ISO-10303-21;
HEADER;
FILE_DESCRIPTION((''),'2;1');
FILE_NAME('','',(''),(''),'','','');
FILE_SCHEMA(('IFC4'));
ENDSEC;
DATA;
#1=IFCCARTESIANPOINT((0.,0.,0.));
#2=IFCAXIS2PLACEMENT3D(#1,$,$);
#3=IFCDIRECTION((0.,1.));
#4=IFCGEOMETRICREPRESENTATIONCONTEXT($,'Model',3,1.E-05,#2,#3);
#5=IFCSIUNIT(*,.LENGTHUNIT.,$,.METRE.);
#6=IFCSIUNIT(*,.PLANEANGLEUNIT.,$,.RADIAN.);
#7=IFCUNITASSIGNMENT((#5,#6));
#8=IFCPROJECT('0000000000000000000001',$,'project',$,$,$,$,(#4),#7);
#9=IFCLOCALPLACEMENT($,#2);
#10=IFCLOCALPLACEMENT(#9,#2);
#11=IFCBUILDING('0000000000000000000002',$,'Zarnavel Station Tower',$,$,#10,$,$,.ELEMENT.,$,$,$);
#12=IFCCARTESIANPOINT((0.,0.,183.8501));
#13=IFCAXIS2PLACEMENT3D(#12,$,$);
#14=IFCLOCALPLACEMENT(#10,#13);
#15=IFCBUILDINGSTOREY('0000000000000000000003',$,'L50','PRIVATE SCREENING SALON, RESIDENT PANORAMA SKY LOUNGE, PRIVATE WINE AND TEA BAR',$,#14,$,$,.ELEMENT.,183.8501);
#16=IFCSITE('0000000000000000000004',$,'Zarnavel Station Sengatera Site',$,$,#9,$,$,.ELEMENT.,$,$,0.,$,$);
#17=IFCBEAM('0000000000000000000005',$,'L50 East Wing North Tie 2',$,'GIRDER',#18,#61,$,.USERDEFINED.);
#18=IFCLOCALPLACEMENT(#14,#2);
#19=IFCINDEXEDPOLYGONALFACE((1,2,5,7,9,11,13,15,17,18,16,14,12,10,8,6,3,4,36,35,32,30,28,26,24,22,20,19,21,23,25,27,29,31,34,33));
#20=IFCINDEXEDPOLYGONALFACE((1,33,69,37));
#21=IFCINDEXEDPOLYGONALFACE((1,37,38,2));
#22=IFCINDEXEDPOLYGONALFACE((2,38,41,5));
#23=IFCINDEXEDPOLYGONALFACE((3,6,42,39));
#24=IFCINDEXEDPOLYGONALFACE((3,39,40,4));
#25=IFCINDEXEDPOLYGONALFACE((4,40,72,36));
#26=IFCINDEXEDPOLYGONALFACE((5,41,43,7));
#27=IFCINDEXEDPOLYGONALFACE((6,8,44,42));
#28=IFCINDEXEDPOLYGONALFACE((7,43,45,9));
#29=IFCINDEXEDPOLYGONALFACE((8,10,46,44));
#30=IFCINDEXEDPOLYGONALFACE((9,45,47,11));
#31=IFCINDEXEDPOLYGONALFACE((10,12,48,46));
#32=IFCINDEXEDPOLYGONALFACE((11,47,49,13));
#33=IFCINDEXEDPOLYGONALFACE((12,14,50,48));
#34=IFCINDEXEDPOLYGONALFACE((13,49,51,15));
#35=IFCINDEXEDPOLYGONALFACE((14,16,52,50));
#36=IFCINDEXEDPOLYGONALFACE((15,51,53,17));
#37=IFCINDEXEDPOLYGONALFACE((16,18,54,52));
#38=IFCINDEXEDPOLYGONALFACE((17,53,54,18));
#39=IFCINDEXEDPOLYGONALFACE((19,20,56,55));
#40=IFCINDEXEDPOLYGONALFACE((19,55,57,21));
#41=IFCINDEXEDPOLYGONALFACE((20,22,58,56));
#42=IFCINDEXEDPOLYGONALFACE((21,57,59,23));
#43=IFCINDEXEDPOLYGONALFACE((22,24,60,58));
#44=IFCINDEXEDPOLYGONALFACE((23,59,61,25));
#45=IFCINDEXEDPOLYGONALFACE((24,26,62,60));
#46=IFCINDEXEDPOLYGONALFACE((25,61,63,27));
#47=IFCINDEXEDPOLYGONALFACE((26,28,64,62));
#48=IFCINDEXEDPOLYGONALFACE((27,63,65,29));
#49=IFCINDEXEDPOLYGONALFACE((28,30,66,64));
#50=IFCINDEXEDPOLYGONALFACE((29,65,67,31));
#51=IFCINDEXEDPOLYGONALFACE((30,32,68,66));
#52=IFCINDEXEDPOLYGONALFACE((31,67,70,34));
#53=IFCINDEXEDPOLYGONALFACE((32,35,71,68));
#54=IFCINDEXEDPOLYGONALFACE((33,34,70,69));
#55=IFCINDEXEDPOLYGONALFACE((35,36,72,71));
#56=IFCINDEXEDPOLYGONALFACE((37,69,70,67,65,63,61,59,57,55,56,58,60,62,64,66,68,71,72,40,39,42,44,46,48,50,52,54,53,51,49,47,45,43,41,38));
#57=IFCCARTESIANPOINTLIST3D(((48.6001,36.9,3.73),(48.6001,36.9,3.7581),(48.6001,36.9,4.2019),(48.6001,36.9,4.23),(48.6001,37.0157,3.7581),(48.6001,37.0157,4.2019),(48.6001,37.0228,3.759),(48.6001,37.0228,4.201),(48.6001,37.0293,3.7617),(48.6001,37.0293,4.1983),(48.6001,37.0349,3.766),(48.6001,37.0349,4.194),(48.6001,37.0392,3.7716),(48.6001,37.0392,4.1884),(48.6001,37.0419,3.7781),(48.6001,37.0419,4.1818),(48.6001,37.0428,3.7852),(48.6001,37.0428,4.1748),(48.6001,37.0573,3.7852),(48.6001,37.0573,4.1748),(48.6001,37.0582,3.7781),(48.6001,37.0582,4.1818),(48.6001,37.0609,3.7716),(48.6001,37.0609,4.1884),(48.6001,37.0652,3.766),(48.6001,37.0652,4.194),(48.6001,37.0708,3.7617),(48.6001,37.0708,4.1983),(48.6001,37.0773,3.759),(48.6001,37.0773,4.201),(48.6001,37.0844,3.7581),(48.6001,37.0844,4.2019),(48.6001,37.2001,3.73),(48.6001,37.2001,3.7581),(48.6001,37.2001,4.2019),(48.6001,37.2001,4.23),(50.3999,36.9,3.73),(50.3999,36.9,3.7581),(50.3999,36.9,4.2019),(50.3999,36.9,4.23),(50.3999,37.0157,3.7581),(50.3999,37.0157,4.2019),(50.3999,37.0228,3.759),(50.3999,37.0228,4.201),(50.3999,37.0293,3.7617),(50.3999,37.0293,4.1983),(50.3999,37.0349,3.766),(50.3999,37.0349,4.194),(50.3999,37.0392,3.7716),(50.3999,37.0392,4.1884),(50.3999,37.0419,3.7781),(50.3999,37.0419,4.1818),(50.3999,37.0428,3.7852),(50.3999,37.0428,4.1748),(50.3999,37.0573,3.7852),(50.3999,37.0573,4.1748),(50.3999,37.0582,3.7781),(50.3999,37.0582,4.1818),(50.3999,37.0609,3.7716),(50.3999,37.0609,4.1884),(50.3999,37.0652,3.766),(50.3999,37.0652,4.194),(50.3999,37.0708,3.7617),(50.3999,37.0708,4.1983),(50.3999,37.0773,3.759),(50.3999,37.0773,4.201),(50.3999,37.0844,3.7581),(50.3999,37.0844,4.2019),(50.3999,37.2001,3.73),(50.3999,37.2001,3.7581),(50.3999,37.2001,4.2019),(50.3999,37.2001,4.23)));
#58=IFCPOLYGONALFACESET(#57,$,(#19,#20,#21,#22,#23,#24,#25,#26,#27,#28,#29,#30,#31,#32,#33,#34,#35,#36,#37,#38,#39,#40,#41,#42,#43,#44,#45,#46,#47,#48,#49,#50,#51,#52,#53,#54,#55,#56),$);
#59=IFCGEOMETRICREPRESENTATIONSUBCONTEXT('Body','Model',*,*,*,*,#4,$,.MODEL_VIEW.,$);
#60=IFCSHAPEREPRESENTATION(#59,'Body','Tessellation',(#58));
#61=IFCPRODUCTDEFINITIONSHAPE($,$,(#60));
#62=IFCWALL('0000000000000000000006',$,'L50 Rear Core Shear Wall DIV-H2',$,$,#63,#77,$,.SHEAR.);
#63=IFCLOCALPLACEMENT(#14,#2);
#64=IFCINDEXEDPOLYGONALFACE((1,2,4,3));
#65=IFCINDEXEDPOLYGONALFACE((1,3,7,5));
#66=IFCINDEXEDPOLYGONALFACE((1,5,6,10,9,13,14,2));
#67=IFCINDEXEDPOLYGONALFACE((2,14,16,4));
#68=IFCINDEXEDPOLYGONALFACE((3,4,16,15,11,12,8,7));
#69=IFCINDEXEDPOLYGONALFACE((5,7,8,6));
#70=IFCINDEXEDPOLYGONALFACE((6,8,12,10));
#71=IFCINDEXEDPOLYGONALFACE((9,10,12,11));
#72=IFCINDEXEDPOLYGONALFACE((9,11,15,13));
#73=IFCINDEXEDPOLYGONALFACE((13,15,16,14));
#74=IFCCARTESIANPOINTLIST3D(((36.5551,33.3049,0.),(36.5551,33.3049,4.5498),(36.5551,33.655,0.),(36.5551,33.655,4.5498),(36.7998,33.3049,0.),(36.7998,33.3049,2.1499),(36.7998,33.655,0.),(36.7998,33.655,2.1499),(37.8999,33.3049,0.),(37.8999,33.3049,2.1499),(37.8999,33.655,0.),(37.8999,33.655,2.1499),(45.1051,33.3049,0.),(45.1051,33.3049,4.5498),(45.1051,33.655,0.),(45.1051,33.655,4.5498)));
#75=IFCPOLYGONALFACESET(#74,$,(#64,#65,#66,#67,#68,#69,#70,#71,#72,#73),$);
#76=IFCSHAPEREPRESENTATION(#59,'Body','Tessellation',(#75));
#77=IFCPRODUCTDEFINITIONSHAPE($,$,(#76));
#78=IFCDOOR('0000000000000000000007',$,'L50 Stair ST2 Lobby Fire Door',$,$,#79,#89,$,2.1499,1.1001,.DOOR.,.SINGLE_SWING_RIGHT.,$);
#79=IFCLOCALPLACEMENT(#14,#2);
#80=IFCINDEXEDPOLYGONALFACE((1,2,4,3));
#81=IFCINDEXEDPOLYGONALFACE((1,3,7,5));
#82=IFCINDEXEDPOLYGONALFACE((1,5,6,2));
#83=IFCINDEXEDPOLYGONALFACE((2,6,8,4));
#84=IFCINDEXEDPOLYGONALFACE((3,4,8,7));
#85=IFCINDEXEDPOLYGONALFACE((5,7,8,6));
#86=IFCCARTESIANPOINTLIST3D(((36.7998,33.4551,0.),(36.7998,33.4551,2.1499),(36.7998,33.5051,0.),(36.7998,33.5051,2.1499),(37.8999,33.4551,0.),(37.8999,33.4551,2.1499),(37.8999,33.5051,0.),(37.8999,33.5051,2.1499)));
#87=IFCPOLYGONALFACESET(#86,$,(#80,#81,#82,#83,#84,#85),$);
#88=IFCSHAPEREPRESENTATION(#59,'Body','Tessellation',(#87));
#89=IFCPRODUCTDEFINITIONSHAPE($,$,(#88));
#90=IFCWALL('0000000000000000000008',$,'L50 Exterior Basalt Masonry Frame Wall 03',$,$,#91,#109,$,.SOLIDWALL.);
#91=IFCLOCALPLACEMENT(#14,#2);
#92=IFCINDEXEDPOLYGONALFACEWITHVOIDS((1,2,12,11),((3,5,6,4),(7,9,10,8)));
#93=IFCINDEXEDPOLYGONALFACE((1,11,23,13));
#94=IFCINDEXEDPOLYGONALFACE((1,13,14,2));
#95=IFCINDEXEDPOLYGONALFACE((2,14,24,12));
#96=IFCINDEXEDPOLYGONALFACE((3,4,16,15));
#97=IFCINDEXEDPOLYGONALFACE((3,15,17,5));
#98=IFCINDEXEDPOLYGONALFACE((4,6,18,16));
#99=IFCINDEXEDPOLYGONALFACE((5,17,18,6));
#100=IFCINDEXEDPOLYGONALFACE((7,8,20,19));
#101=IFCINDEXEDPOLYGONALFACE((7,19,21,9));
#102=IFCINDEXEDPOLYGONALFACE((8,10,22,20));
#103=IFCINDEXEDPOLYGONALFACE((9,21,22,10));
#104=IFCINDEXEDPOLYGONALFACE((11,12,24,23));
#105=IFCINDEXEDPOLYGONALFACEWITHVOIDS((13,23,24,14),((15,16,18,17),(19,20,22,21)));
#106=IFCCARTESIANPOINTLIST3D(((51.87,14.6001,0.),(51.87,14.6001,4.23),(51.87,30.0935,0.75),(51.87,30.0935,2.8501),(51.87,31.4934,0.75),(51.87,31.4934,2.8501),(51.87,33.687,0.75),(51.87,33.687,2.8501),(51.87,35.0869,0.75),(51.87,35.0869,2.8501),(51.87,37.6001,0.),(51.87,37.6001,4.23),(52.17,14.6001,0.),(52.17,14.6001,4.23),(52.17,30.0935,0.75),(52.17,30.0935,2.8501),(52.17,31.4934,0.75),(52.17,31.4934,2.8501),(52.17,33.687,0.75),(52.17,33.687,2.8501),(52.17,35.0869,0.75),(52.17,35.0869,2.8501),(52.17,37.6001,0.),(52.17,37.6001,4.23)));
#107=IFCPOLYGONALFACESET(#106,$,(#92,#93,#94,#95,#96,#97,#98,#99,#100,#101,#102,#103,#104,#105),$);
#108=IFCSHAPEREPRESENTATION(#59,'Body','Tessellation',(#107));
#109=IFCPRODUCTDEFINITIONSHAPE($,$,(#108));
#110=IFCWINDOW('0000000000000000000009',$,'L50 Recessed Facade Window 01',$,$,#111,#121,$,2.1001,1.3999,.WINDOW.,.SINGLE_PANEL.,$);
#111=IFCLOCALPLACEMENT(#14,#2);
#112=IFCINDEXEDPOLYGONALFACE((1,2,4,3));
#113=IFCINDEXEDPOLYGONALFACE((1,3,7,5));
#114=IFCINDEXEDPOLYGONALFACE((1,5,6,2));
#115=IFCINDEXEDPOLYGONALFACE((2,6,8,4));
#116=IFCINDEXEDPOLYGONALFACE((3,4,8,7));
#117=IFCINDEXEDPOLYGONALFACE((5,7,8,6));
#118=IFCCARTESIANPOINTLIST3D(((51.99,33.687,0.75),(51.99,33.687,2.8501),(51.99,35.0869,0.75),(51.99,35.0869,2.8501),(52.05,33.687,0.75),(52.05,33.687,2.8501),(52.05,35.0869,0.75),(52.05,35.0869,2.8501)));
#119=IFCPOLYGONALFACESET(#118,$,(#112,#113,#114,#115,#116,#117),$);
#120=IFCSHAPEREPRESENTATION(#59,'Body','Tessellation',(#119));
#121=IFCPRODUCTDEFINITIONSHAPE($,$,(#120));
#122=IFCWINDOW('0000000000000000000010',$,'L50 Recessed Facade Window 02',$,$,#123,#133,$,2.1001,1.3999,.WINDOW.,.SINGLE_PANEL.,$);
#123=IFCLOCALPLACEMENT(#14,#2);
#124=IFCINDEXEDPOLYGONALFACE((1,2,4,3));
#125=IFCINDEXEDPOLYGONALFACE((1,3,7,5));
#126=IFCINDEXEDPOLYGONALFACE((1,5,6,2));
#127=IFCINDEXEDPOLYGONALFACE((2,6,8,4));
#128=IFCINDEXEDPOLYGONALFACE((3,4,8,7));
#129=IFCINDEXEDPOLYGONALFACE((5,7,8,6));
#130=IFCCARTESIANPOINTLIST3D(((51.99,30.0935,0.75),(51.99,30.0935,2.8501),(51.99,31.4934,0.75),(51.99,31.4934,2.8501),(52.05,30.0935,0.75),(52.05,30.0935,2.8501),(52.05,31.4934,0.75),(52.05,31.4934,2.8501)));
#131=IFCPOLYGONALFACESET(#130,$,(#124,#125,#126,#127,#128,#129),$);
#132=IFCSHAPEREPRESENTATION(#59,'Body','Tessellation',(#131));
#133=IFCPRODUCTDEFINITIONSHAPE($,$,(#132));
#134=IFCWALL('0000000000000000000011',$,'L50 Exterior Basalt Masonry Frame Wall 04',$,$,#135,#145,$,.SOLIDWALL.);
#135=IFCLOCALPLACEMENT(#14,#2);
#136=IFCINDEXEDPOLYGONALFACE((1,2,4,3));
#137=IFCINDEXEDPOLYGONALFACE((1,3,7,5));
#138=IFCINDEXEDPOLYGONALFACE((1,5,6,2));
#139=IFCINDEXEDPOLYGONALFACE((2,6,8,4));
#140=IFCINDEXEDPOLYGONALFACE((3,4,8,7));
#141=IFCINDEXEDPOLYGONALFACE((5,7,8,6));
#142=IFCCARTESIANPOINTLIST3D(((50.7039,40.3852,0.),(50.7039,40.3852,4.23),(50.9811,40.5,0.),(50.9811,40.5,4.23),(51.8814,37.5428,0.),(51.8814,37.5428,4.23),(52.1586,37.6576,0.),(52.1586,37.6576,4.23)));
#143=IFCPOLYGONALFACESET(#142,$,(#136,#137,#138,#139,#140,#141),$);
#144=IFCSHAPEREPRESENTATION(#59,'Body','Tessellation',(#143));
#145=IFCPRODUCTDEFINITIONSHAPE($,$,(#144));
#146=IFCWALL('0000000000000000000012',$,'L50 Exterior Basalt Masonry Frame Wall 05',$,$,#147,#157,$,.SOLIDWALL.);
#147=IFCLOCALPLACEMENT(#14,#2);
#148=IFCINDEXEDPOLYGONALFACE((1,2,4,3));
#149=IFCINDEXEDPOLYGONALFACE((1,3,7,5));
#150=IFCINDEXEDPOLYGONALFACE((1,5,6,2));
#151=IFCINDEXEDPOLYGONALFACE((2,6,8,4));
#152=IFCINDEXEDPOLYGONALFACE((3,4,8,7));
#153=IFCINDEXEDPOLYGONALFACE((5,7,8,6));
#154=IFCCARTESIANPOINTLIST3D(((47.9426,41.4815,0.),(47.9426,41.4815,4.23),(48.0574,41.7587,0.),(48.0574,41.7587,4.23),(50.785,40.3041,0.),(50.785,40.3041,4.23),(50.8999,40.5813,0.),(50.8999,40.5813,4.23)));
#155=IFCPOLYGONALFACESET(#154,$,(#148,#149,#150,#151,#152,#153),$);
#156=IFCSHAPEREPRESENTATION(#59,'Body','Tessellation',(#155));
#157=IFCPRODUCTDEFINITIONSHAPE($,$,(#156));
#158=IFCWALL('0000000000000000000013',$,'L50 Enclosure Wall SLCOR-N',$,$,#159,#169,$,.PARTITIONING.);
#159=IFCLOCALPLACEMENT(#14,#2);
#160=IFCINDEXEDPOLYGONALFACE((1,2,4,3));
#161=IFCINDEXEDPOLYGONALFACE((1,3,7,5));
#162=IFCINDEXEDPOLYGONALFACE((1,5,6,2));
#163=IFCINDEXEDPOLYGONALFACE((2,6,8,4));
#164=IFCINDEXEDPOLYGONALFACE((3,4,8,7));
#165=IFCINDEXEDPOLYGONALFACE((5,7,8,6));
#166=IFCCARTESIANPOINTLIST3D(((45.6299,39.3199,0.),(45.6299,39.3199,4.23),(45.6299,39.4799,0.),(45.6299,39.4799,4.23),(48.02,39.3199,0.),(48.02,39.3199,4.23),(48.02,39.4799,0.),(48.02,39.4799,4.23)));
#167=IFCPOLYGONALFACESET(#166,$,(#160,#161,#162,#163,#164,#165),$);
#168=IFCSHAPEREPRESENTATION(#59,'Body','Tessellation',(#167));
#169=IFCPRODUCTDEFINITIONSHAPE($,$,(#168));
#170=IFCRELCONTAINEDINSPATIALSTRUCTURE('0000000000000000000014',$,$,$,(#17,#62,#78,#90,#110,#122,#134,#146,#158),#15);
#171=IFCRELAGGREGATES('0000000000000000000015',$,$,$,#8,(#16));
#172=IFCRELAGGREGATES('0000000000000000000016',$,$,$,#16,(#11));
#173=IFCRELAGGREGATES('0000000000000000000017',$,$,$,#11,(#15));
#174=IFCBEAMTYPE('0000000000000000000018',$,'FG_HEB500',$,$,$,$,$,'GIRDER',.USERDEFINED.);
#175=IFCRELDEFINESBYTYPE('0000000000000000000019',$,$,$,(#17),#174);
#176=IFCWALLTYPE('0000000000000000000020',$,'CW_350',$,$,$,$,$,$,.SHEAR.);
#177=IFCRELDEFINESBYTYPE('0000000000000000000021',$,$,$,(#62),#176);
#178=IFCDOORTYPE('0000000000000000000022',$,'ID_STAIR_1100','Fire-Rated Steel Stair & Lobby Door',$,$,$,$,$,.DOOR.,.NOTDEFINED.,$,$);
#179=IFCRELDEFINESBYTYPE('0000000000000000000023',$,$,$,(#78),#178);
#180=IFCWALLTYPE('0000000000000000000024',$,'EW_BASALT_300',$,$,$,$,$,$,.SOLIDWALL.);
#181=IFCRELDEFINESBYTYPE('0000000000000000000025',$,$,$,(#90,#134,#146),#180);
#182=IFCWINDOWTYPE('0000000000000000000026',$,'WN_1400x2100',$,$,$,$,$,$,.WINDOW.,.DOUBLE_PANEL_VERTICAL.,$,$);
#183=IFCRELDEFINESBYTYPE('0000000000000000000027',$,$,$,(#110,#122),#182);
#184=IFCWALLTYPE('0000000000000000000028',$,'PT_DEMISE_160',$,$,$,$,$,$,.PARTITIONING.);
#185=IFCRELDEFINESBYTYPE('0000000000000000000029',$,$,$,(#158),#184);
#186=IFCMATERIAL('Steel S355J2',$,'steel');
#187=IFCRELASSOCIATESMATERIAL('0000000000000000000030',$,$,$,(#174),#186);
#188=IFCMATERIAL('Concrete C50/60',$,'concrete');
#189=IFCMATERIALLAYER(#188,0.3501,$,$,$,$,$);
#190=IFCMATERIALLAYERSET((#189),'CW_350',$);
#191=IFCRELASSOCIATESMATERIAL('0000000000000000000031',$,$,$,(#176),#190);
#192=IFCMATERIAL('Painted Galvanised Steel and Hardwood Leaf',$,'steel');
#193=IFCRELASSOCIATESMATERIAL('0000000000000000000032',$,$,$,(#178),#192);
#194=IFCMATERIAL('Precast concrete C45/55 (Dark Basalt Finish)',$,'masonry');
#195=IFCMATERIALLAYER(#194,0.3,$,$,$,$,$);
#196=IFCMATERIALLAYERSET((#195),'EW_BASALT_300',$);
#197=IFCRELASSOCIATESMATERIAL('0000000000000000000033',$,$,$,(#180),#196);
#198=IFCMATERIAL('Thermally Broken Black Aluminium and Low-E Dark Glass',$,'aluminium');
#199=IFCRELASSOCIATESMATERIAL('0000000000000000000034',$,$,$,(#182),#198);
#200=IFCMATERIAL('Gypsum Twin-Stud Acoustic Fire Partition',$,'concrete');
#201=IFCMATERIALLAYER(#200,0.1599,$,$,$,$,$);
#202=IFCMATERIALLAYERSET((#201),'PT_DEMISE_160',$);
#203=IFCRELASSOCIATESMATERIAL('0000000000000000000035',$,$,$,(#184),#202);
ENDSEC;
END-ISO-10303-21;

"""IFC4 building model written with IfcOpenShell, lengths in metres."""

from ifc_helpers import new_model, si_unit, direction, frame, frame_2d, origin, origin_2d, place, context, subcontext, project, spatial, rectangle, i_section, extrude, material, layer, layer_set, material_profile, profile_set, type_object, element, fill, save


model = new_model("IFC4")

# Units and contexts
model_context = context("Model", 3, precision=1e-05, world=origin(), true_north=direction((0.0, 1.0)))
body_context = subcontext(model_context, "Body", "Model", "MODEL_VIEW")
ifc_project = project(units=[si_unit("LENGTHUNIT", "METRE"), si_unit("PLANEANGLEUNIT", "RADIAN")], contexts=[model_context])

# Site, building, storey
site_placement = place(None, origin())
site = spatial("IfcSite", under=ifc_project, at=site_placement, Name="Zarnavel Station Sengatera Site", CompositionType="ELEMENT", RefElevation=0.0)
building_placement = place(site_placement, origin())
building = spatial("IfcBuilding", under=site, at=building_placement, Name="Zarnavel Station Tower", CompositionType="ELEMENT")
storey_placement = place(building_placement, frame((0.0, 0.0, 183.8501)))
storey = spatial("IfcBuildingStorey", under=building, at=storey_placement, Name="L50", Description="PRIVATE SCREENING SALON, RESIDENT PANORAMA SKY LOUNGE, PRIVATE WINE AND TEA BAR", CompositionType="ELEMENT", Elevation=183.8501)

# Beam
ifc_material_1 = material(Name="Steel S355J2", Category="steel")
ifc_material_profile_1 = material_profile(ifc_material_1, i_section(OverallWidth=0.3, OverallDepth=0.5, WebThickness=0.0144, FlangeThickness=0.0281, FilletRadius=0.0271, at=origin_2d()), Name="HEB500")
ifc_profile_set_1 = profile_set([ifc_material_profile_1], Name="Steel S355J2")
beam_type = type_object("IfcBeamType", Name="FG_HEB500", ElementType="GIRDER", PredefinedType="USERDEFINED", material=ifc_profile_set_1)
beam_1_placement = place(storey_placement, frame((48.6001, 37.05, 3.98), z_axis=(1.0, 0.0, 0.0), x_axis=(0.0, 1.0, 0.0)))
element("IfcBeam", 1, at=beam_1_placement, inside=storey, type_object=beam_type, Name="L50 East Wing North Tie 2", ObjectType="GIRDER", PredefinedType="USERDEFINED", context=body_context, shape_type="SweptSolid", body=[
    extrude(i_section(OverallWidth=0.3, OverallDepth=0.5, WebThickness=0.0144, FlangeThickness=0.0281, FilletRadius=0.0271, at=origin_2d()), origin(), (0.0, 0.0, 1.0), 1.7998),
])

# Wall, opening, door
ifc_material_2 = material(Name="Concrete C50/60", Category="concrete")
ifc_layer_1 = layer(ifc_material_2, 0.3501)
ifc_layer_set_1 = layer_set([ifc_layer_1], Name="CW_350")
wall_type_1 = type_object("IfcWallType", Name="CW_350", PredefinedType="SHEAR", material=ifc_layer_set_1)
wall_1_placement = place(storey_placement, frame((45.105, 33.48, 0.0), z_axis=(0.0, 0.0, 1.0), x_axis=(-1.0, 0.0, 0.0)))
wall_1 = element("IfcWall", 2, at=wall_1_placement, inside=storey, type_object=wall_type_1, Name="L50 Rear Core Shear Wall DIV-H2", PredefinedType="SHEAR", context=body_context, shape_type="SweptSolid", body=[
    extrude(rectangle(XDim=8.55, YDim=0.3501, at=frame_2d((4.2749, 0.0))), origin(), (0.0, 0.0, 1.0), 4.5498),
])
opening_1_placement = place(wall_1_placement, frame((7.2051, 0.0, 0.0)))
opening_1 = element("IfcOpeningElement", 3, at=opening_1_placement, cuts=wall_1, PredefinedType="OPENING", context=body_context, shape_type="SweptSolid", body=[
    extrude(rectangle(XDim=1.1001, YDim=2.1499, at=frame_2d((0.55, 1.075))), frame((0.0, 0.1851, 0.0), z_axis=(0.0, -1.0, 0.0), x_axis=(1.0, 0.0, 0.0)), (0.0, 0.0, 1.0), 0.3701),
])
ifc_material_3 = material(Name="Painted Galvanised Steel and Hardwood Leaf", Category="steel")
door_type_1 = type_object("IfcDoorType", Name="ID_STAIR_1100", Description="Fire-Rated Steel Stair & Lobby Door", OperationType="NOTDEFINED", PredefinedType="DOOR", material=ifc_material_3)
door_1_placement = place(opening_1_placement, origin())
door_1 = element("IfcDoor", 4, at=door_1_placement, inside=storey, type_object=door_type_1, Name="L50 Stair ST2 Lobby Fire Door", OperationType="SINGLE_SWING_RIGHT", OverallHeight=2.1499, OverallWidth=1.1001, PredefinedType="DOOR", context=body_context, shape_type="SweptSolid", body=[
    extrude(rectangle(XDim=1.1001, YDim=2.1499, at=frame_2d((0.55, 1.075))), frame((0.0, 0.0249, 0.0), z_axis=(0.0, -1.0, 0.0), x_axis=(1.0, 0.0, 0.0)), (0.0, 0.0, 1.0), 0.05),
])
fill(opening_1, door_1)

# Wall, openings, windows
ifc_material_4 = material(Name="Precast concrete C45/55 (Dark Basalt Finish)", Category="masonry")
ifc_layer_2 = layer(ifc_material_4, 0.3)
ifc_layer_set_2 = layer_set([ifc_layer_2], Name="EW_BASALT_300")
wall_type_2 = type_object("IfcWallType", Name="EW_BASALT_300", PredefinedType="SOLIDWALL", material=ifc_layer_set_2)
wall_2_placement = place(storey_placement, frame((52.02, 37.6001, 0.0), z_axis=(0.0, 0.0, 1.0), x_axis=(0.0, -1.0, 0.0)))
wall_2 = element("IfcWall", 5, at=wall_2_placement, inside=storey, type_object=wall_type_2, Name="L50 Exterior Basalt Masonry Frame Wall 03", PredefinedType="SOLIDWALL", context=body_context, shape_type="SweptSolid", body=[
    extrude(rectangle(XDim=23.0, YDim=0.3, at=frame_2d((11.5, 0.0))), origin(), (0.0, 0.0, 1.0), 4.23),
])
opening_2_placement = place(wall_2_placement, frame((2.5132, 0.0, 0.75)))
opening_2 = element("IfcOpeningElement", 6, at=opening_2_placement, cuts=wall_2, PredefinedType="OPENING", context=body_context, shape_type="SweptSolid", body=[
    extrude(rectangle(XDim=1.3999, YDim=2.1001, at=frame_2d((0.7, 1.05))), frame((0.0, 0.1599, 0.0), z_axis=(0.0, -1.0, 0.0), x_axis=(1.0, 0.0, 0.0)), (0.0, 0.0, 1.0), 0.3201),
])
opening_3_placement = place(wall_2_placement, frame((6.1067, 0.0, 0.75)))
opening_3 = element("IfcOpeningElement", 7, at=opening_3_placement, cuts=wall_2, PredefinedType="OPENING", context=body_context, shape_type="SweptSolid", body=[
    extrude(rectangle(XDim=1.3999, YDim=2.1001, at=frame_2d((0.7, 1.05))), frame((0.0, 0.1599, 0.0), z_axis=(0.0, -1.0, 0.0), x_axis=(1.0, 0.0, 0.0)), (0.0, 0.0, 1.0), 0.3201),
])
ifc_material_5 = material(Name="Thermally Broken Black Aluminium and Low-E Dark Glass", Category="aluminium")
window_type = type_object("IfcWindowType", Name="WN_1400x2100", PartitioningType="DOUBLE_PANEL_VERTICAL", PredefinedType="WINDOW", material=ifc_material_5)
window_1_placement = place(opening_2_placement, origin())
window_1 = element("IfcWindow", 8, at=window_1_placement, inside=storey, type_object=window_type, Name="L50 Recessed Facade Window 01", OverallHeight=2.1001, OverallWidth=1.3999, PartitioningType="SINGLE_PANEL", PredefinedType="WINDOW", context=body_context, shape_type="SweptSolid", body=[
    extrude(rectangle(XDim=1.3999, YDim=2.1001, at=frame_2d((0.7, 1.05))), frame((0.0, 0.03, 0.0), z_axis=(0.0, -1.0, 0.0), x_axis=(1.0, 0.0, 0.0)), (0.0, 0.0, 1.0), 0.0601),
])
fill(opening_2, window_1)
window_2_placement = place(opening_3_placement, origin())
window_2 = element("IfcWindow", 9, at=window_2_placement, inside=storey, type_object=window_type, Name="L50 Recessed Facade Window 02", OverallHeight=2.1001, OverallWidth=1.3999, PartitioningType="SINGLE_PANEL", PredefinedType="WINDOW", context=body_context, shape_type="SweptSolid", body=[
    extrude(rectangle(XDim=1.3999, YDim=2.1001, at=frame_2d((0.7, 1.05))), frame((0.0, 0.03, 0.0), z_axis=(0.0, -1.0, 0.0), x_axis=(1.0, 0.0, 0.0)), (0.0, 0.0, 1.0), 0.0601),
])
fill(opening_3, window_2)

# Walls
for number, where, z_axis, x_axis, name in (
    (10, (50.8425, 40.4426, 0.0), (0.0, 0.0, 1.0), (0.382705, -0.923871, 0.0), "L50 Exterior Basalt Masonry Frame Wall 04"),
    (11, (48.0, 41.6201, 0.0), (0.0, 0.0, 1.0), (0.923871, -0.382705, 0.0), "L50 Exterior Basalt Masonry Frame Wall 05"),
):
    element("IfcWall", number, at=place(storey_placement, frame(where, z_axis=z_axis, x_axis=x_axis)), inside=storey, type_object=wall_type_2, Name=name, PredefinedType="SOLIDWALL", context=body_context, shape_type="SweptSolid", body=[
        extrude(rectangle(XDim=3.0767, YDim=0.3, at=frame_2d((1.5383, 0.0))), origin(), (0.0, 0.0, 1.0), 4.23),
    ])
ifc_material_6 = material(Name="Gypsum Twin-Stud Acoustic Fire Partition", Category="concrete")
ifc_layer_3 = layer(ifc_material_6, 0.1599)
ifc_layer_set_3 = layer_set([ifc_layer_3], Name="PT_DEMISE_160")
wall_type_3 = type_object("IfcWallType", Name="PT_DEMISE_160", PredefinedType="PARTITIONING", material=ifc_layer_set_3)
wall_3_placement = place(storey_placement, frame((45.6299, 39.3999, 0.0), z_axis=(0.0, 0.0, 1.0), x_axis=(1.0, 0.0, 0.0)))
element("IfcWall", 12, at=wall_3_placement, inside=storey, type_object=wall_type_3, Name="L50 Enclosure Wall SLCOR-N", PredefinedType="PARTITIONING", context=body_context, shape_type="SweptSolid", body=[
    extrude(rectangle(XDim=2.3901, YDim=0.1599, at=frame_2d((1.1951, 0.0))), origin(), (0.0, 0.0, 1.0), 4.23),
])

save(model, "model.ifc")
